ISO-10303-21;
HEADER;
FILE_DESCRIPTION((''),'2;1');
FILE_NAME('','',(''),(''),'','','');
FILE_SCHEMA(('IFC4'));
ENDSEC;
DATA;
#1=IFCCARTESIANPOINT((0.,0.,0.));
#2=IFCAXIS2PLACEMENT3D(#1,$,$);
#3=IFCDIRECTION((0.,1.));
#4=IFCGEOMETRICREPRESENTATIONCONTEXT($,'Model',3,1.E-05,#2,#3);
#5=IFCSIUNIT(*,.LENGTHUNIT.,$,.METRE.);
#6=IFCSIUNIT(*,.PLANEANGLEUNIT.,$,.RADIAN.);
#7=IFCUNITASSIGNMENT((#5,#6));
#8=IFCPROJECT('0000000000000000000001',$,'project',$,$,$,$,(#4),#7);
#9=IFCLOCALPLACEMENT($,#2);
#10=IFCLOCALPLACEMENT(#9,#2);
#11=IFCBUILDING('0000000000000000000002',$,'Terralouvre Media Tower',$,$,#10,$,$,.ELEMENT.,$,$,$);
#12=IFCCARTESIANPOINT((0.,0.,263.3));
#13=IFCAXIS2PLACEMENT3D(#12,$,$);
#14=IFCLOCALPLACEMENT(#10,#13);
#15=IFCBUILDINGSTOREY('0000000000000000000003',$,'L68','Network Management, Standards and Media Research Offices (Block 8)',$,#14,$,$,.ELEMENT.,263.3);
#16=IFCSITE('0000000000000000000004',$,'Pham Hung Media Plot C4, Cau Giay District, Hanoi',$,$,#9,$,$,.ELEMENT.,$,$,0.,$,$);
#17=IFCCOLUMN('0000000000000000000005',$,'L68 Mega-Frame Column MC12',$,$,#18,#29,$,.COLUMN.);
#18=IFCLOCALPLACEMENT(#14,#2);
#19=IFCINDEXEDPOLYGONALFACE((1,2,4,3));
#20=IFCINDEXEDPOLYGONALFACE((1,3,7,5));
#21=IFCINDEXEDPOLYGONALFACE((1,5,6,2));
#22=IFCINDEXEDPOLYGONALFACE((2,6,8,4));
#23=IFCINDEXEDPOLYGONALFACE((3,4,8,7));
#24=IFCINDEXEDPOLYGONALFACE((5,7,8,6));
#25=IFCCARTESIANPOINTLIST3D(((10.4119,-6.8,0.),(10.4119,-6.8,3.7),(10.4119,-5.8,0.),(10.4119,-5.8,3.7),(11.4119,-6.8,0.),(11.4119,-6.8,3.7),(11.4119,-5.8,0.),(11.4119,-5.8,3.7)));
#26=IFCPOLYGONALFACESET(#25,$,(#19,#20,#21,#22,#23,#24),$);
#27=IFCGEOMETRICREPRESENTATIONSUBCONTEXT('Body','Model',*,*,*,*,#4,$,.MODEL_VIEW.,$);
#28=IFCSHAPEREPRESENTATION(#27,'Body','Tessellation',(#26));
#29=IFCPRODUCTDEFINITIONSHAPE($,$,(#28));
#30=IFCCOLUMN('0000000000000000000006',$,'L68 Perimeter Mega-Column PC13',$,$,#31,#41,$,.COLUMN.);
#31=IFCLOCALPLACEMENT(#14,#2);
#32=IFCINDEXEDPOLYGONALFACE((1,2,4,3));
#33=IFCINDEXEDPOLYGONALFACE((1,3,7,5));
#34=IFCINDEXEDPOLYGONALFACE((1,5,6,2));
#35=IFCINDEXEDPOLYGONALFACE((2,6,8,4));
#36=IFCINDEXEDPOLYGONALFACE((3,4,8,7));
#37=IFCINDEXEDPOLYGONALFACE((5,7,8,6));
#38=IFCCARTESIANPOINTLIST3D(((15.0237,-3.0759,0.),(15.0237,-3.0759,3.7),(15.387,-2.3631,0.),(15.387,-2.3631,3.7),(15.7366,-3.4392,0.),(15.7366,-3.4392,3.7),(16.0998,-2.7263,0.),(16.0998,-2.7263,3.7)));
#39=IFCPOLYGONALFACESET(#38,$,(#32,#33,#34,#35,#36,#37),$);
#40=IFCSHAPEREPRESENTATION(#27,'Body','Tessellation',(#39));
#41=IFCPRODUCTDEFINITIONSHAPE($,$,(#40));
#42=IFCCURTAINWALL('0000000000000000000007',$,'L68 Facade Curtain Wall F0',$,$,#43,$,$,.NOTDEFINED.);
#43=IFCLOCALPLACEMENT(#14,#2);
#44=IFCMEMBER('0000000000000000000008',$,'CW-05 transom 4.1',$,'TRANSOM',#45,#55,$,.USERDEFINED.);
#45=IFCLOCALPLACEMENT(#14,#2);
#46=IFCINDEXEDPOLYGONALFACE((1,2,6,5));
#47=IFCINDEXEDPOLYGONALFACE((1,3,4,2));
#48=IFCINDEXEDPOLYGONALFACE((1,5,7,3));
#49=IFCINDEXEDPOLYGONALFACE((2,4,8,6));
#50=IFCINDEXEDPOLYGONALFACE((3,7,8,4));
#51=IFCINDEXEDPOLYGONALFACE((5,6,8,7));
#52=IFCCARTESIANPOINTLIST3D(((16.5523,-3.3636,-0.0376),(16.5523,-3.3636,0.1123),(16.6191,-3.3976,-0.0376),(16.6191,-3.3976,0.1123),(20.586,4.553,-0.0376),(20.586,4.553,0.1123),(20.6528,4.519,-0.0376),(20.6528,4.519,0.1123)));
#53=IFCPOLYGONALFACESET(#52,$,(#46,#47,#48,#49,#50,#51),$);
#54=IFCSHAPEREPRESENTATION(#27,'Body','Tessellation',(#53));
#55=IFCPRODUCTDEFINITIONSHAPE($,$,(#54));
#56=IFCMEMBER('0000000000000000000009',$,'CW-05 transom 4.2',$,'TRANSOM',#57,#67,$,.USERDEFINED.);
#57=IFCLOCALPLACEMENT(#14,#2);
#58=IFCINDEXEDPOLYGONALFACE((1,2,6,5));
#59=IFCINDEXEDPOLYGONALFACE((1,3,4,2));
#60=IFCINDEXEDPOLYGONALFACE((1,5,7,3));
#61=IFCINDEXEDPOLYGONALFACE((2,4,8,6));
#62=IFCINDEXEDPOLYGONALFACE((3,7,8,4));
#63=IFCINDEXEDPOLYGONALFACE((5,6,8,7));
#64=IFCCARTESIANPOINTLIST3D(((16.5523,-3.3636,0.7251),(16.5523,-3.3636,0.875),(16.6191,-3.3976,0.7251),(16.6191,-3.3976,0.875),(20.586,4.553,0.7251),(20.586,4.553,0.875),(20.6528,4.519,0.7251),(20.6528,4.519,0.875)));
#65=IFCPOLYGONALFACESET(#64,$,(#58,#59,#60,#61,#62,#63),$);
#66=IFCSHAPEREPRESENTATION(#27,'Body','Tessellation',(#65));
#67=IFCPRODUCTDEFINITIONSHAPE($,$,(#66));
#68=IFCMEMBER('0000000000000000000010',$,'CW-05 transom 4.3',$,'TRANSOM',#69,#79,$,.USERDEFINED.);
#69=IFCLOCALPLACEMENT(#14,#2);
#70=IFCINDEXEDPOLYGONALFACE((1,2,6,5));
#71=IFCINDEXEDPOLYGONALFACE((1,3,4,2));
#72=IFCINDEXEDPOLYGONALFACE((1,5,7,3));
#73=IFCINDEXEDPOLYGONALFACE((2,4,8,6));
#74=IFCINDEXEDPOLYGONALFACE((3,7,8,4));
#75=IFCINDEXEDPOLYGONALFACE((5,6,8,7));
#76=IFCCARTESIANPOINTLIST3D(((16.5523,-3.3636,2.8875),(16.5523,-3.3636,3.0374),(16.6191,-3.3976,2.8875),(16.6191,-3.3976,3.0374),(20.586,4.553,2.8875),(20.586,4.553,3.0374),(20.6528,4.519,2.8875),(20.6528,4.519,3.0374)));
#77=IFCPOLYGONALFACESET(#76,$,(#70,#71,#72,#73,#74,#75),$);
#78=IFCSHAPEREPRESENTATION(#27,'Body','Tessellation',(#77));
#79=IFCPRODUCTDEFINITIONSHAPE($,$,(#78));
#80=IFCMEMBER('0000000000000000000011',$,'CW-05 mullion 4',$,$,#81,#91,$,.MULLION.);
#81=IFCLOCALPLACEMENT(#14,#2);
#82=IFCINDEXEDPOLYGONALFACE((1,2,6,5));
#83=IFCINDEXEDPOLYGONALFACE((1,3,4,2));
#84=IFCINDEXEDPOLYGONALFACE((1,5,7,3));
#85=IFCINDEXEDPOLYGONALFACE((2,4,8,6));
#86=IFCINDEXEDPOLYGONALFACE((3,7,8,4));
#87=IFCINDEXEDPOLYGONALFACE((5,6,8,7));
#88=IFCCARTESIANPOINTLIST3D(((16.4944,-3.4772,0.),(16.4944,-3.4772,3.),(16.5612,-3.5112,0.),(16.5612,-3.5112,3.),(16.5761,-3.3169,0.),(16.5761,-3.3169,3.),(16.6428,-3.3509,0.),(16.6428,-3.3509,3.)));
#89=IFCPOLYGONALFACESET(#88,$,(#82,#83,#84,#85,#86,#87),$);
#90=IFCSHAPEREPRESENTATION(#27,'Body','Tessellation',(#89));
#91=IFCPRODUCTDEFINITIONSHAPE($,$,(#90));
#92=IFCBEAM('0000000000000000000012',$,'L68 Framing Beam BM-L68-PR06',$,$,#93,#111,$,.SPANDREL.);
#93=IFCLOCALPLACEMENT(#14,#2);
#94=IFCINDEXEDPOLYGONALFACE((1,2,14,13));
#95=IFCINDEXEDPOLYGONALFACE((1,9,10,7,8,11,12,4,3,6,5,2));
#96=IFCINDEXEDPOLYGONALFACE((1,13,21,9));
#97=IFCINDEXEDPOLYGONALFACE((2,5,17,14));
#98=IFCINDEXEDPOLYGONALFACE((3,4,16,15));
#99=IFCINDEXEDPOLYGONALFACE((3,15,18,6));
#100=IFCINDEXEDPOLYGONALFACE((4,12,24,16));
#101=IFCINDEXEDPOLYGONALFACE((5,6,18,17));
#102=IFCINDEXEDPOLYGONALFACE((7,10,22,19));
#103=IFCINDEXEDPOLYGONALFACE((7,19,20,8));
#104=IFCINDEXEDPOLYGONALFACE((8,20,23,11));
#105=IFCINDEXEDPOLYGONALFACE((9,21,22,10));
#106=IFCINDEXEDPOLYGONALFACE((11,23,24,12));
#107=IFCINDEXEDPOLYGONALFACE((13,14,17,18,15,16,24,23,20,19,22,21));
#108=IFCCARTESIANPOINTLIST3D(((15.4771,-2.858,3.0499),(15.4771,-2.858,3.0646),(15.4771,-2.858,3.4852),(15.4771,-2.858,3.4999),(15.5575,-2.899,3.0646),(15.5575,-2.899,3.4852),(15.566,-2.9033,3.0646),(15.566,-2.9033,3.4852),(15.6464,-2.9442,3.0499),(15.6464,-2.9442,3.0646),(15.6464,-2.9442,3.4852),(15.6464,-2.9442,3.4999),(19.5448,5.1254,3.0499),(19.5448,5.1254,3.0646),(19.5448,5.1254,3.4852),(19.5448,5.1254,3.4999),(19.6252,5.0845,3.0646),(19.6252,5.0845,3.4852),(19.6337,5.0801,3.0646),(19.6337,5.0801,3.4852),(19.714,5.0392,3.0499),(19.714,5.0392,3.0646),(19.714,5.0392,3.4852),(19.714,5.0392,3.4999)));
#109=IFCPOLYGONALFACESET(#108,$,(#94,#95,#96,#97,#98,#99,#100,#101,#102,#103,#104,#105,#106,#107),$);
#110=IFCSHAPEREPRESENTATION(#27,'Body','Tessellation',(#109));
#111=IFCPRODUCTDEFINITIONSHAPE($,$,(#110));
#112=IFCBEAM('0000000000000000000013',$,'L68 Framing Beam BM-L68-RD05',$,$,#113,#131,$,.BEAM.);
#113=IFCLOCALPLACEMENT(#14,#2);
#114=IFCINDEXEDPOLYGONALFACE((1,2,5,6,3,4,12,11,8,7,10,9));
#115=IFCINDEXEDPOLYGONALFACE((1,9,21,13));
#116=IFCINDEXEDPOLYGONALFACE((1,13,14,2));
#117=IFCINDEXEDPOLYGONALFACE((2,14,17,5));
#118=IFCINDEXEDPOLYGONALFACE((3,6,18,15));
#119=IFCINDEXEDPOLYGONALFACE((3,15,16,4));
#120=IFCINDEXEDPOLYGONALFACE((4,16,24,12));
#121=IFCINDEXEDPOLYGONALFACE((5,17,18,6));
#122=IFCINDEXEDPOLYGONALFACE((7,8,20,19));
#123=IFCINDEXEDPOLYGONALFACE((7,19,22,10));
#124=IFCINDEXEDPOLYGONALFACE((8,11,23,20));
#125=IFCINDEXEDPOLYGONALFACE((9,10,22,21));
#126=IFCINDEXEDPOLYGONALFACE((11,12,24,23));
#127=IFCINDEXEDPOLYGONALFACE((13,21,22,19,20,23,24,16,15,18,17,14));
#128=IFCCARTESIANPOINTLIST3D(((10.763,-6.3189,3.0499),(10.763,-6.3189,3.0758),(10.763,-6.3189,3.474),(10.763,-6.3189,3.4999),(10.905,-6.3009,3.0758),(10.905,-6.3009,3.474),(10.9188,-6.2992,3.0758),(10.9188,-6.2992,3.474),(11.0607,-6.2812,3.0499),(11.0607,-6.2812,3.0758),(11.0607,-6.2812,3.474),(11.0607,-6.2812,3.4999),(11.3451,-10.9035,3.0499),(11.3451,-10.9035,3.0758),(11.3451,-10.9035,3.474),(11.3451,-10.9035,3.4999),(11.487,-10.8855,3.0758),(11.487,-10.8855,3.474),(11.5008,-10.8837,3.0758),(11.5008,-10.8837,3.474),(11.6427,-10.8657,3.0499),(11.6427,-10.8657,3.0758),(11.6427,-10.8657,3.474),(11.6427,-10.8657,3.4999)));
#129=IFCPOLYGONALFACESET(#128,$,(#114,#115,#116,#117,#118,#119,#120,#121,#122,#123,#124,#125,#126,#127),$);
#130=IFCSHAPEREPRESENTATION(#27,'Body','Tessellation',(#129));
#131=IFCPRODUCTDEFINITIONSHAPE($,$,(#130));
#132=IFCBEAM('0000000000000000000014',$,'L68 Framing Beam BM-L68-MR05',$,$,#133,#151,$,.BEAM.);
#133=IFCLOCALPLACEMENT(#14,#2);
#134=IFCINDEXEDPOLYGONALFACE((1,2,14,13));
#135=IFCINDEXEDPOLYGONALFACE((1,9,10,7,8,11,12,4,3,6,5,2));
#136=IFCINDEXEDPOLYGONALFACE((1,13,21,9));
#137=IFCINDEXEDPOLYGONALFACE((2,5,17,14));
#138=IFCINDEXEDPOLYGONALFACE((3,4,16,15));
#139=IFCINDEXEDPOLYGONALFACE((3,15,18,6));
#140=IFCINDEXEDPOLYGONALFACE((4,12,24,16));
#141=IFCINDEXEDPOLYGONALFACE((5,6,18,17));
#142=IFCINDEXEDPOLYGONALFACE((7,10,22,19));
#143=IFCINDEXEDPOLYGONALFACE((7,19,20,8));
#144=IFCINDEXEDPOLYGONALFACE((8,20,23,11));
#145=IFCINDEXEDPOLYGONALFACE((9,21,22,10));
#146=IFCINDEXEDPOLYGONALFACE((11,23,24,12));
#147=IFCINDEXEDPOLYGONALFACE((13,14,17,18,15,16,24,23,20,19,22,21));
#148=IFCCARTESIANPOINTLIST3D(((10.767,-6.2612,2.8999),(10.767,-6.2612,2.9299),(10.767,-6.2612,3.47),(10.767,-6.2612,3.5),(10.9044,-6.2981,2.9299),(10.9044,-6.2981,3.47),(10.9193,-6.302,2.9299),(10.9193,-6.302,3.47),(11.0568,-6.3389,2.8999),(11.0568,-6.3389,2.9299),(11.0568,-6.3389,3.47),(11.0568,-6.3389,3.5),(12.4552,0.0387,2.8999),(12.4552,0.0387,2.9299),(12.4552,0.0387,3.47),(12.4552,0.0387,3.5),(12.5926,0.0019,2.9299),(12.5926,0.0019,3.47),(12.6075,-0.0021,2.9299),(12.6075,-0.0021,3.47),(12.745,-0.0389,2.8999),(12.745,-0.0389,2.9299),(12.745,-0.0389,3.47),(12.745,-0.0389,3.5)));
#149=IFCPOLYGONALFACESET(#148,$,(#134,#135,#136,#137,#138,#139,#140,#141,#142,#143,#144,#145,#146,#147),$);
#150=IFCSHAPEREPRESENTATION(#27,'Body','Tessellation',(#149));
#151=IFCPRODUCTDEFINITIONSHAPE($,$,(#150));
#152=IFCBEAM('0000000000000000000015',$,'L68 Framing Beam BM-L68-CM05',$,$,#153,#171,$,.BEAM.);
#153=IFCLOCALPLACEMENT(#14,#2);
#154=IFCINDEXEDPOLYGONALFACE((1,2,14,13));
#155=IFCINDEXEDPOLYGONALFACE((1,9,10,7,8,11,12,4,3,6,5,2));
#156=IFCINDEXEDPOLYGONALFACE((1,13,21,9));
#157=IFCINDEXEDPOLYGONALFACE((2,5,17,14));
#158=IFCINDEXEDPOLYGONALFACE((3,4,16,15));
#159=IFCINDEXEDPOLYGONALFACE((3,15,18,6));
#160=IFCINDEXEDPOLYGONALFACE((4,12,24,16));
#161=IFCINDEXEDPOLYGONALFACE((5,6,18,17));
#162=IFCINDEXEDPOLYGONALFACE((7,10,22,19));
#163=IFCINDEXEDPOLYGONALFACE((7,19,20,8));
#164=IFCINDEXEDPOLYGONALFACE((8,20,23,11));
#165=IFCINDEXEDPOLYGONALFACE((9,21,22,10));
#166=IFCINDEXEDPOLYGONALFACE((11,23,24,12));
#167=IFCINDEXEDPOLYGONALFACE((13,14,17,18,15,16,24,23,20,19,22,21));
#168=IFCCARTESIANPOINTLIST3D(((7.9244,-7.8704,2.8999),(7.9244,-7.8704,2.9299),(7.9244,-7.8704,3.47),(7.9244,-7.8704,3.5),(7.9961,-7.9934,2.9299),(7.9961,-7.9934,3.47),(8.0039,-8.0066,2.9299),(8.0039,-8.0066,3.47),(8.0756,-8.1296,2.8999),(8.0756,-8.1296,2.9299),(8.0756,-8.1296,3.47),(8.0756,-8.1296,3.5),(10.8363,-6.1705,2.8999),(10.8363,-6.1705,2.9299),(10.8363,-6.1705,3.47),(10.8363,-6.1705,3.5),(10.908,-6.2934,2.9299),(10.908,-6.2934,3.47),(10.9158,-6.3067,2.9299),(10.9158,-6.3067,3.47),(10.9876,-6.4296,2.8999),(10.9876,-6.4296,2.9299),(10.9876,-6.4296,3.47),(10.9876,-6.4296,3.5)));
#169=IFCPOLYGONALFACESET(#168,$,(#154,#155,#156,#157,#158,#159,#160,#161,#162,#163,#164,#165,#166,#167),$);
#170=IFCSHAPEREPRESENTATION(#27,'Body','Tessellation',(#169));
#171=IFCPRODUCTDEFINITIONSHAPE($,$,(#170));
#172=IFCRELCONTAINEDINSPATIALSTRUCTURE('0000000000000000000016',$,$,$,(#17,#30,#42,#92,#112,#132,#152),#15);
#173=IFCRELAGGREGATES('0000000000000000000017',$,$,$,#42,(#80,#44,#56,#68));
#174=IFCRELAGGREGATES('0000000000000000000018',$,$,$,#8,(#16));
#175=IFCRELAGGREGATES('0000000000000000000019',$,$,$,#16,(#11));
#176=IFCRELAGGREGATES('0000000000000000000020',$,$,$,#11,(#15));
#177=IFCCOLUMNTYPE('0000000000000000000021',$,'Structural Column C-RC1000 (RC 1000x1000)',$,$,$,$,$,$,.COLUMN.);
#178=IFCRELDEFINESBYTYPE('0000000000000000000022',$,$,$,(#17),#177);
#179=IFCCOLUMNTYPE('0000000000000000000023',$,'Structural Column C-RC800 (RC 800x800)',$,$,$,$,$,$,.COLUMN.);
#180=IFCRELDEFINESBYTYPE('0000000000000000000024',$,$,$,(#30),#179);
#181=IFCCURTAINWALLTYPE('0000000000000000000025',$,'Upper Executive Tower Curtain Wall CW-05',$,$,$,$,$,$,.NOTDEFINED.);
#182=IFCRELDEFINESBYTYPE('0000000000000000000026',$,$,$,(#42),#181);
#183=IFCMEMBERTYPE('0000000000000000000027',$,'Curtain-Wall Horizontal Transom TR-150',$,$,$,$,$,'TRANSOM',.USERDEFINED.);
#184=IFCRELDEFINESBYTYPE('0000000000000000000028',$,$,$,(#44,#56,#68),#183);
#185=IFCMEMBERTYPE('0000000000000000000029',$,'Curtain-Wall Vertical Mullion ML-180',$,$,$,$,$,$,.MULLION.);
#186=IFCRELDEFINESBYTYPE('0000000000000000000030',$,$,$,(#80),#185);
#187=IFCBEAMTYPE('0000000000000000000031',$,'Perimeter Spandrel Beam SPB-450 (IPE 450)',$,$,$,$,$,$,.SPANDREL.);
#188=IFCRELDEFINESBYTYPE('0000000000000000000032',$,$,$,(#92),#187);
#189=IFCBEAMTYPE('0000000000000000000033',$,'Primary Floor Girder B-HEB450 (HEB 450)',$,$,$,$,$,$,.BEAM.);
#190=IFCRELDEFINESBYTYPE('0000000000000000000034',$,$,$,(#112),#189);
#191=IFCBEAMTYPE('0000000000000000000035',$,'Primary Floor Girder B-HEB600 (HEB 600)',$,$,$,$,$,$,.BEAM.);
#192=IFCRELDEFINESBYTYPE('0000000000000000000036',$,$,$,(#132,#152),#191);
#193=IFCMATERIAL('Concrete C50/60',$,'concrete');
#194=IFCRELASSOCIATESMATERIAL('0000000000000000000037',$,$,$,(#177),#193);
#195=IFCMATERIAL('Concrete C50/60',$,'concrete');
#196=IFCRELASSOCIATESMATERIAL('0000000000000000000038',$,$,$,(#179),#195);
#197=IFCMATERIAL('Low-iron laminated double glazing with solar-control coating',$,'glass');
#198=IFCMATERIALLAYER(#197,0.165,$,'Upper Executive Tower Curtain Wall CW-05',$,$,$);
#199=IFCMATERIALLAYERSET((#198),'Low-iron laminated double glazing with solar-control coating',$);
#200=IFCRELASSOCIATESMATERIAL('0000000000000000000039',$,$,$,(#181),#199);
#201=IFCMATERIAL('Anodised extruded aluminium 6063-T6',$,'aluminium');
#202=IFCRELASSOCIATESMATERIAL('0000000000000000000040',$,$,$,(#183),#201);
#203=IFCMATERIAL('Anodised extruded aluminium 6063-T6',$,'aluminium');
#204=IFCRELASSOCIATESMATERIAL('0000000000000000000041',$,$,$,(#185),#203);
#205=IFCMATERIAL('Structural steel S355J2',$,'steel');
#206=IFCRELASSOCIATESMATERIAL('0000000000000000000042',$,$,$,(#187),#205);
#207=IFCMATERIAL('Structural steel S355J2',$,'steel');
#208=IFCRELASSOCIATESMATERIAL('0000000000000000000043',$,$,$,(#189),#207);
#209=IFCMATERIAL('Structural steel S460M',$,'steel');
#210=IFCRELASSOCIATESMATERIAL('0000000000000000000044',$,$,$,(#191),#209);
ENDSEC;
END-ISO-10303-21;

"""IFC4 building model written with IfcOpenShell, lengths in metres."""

from ifc_helpers import new_model, si_unit, direction, frame, origin, origin_2d, place, context, subcontext, project, spatial, rectangle, i_section, extrude, material, layer, layer_set, material_profile, profile_set, type_object, element, aggregate, save


model = new_model("IFC4")

# Units and contexts
model_context = context("Model", 3, precision=1e-05, world=origin(), true_north=direction((0.0, 1.0)))
body_context = subcontext(model_context, "Body", "Model", "MODEL_VIEW")
ifc_project = project(units=[si_unit("LENGTHUNIT", "METRE"), si_unit("PLANEANGLEUNIT", "RADIAN")], contexts=[model_context])

# Site, building, storey
site_placement = place(None, origin())
site = spatial("IfcSite", under=ifc_project, at=site_placement, Name="Pham Hung Media Plot C4, Cau Giay District, Hanoi", CompositionType="ELEMENT", RefElevation=0.0)
building_placement = place(site_placement, origin())
building = spatial("IfcBuilding", under=site, at=building_placement, Name="Terralouvre Media Tower", CompositionType="ELEMENT")
storey_placement = place(building_placement, frame((0.0, 0.0, 263.3)))
storey = spatial("IfcBuildingStorey", under=building, at=storey_placement, Name="L68", Description="Network Management, Standards and Media Research Offices (Block 8)", CompositionType="ELEMENT", Elevation=263.3)

# Columns
ifc_material_1 = material(Name="Concrete C50/60", Category="concrete")
ifc_material_profile_1 = material_profile(ifc_material_1, rectangle(XDim=1.0, YDim=1.0, at=origin_2d()), Name="RC 1000x1000")
ifc_profile_set_1 = profile_set([ifc_material_profile_1], Name="Concrete C50/60")
column_type_1 = type_object("IfcColumnType", Name="Structural Column C-RC1000 (RC 1000x1000)", PredefinedType="COLUMN", material=ifc_profile_set_1)
column_1_placement = place(storey_placement, frame((10.9119, -6.3, 0.0), z_axis=(0.0, 0.0, 1.0), x_axis=(1.0, 0.0, 0.0)))
element("IfcColumn", 1, at=column_1_placement, inside=storey, type_object=column_type_1, Name="L68 Mega-Frame Column MC12", PredefinedType="COLUMN", context=body_context, shape_type="SweptSolid", body=[
    extrude(rectangle(XDim=1.0, YDim=1.0, at=origin_2d()), origin(), (0.0, 0.0, 1.0), 3.7),
])
ifc_material_2 = material(Name="Concrete C50/60", Category="concrete")
ifc_material_profile_2 = material_profile(ifc_material_2, rectangle(XDim=0.8, YDim=0.8, at=origin_2d()), Name="RC 800x800")
ifc_profile_set_2 = profile_set([ifc_material_profile_2], Name="Concrete C50/60")
column_type_2 = type_object("IfcColumnType", Name="Structural Column C-RC800 (RC 800x800)", PredefinedType="COLUMN", material=ifc_profile_set_2)
column_2_placement = place(storey_placement, frame((15.5618, -2.9011, 0.0), z_axis=(0.0, 0.0, 1.0), x_axis=(0.45399, 0.891007, 0.0)))
element("IfcColumn", 2, at=column_2_placement, inside=storey, type_object=column_type_2, Name="L68 Perimeter Mega-Column PC13", PredefinedType="COLUMN", context=body_context, shape_type="SweptSolid", body=[
    extrude(rectangle(XDim=0.8, YDim=0.8, at=origin_2d()), origin(), (0.0, 0.0, 1.0), 3.7),
])

# Curtain wall, members
ifc_material_3 = material(Name="Low-iron laminated double glazing with solar-control coating", Category="glass")
ifc_layer_1 = layer(ifc_material_3, 0.165, Name="Upper Executive Tower Curtain Wall CW-05")
ifc_layer_set_1 = layer_set([ifc_layer_1], Name="Low-iron laminated double glazing with solar-control coating")
curtain_wall_type = type_object("IfcCurtainWallType", Name="Upper Executive Tower Curtain Wall CW-05", PredefinedType="NOTDEFINED", material=ifc_layer_set_1)
curtain_wall_placement = place(storey_placement, origin())
curtain_wall = element("IfcCurtainWall", 3, at=curtain_wall_placement, inside=storey, type_object=curtain_wall_type, Name="L68 Facade Curtain Wall F0", PredefinedType="NOTDEFINED")
ifc_material_4 = material(Name="Anodised extruded aluminium 6063-T6", Category="aluminium")
ifc_material_profile_3 = material_profile(ifc_material_4, rectangle(XDim=0.075, YDim=0.1499, at=origin_2d()), Name="ALU 75x150")
ifc_profile_set_3 = profile_set([ifc_material_profile_3], Name="Anodised extruded aluminium 6063-T6")
member_type_1 = type_object("IfcMemberType", Name="Curtain-Wall Horizontal Transom TR-150", ElementType="TRANSOM", PredefinedType="USERDEFINED", material=ifc_profile_set_3)
member_1_placement = place(storey_placement, frame((16.5857, -3.3806, 0.0374), z_axis=(0.453993, 0.891005, 0.0), x_axis=(-0.891005, 0.453993, 0.0)))
member_1 = element("IfcMember", 4, at=member_1_placement, type_object=member_type_1, Name="CW-05 transom 4.1", ObjectType="TRANSOM", PredefinedType="USERDEFINED", context=body_context, shape_type="SweptSolid", body=[
    extrude(rectangle(XDim=0.075, YDim=0.1499, at=origin_2d()), origin(), (0.0, 0.0, 1.0), 8.885),
])
member_2_placement = place(storey_placement, frame((16.5857, -3.3806, 0.8), z_axis=(0.453993, 0.891005, 0.0), x_axis=(-0.891005, 0.453993, 0.0)))
member_2 = element("IfcMember", 5, at=member_2_placement, type_object=member_type_1, Name="CW-05 transom 4.2", ObjectType="TRANSOM", PredefinedType="USERDEFINED", context=body_context, shape_type="SweptSolid", body=[
    extrude(rectangle(XDim=0.075, YDim=0.1499, at=origin_2d()), origin(), (0.0, 0.0, 1.0), 8.885),
])
member_3_placement = place(storey_placement, frame((16.5857, -3.3806, 2.9624), z_axis=(0.453993, 0.891005, 0.0), x_axis=(-0.891005, 0.453993, 0.0)))
member_3 = element("IfcMember", 6, at=member_3_placement, type_object=member_type_1, Name="CW-05 transom 4.3", ObjectType="TRANSOM", PredefinedType="USERDEFINED", context=body_context, shape_type="SweptSolid", body=[
    extrude(rectangle(XDim=0.075, YDim=0.1499, at=origin_2d()), origin(), (0.0, 0.0, 1.0), 8.885),
])
ifc_material_5 = material(Name="Anodised extruded aluminium 6063-T6", Category="aluminium")
ifc_material_profile_4 = material_profile(ifc_material_5, rectangle(XDim=0.075, YDim=0.1799, at=origin_2d()), Name="ALU 75x180")
ifc_profile_set_4 = profile_set([ifc_material_profile_4], Name="Anodised extruded aluminium 6063-T6")
member_type_2 = type_object("IfcMemberType", Name="Curtain-Wall Vertical Mullion ML-180", PredefinedType="MULLION", material=ifc_profile_set_4)
member_4_placement = place(storey_placement, frame((16.5686, -3.4141, 0.0), z_axis=(0.0, 0.0, 1.0), x_axis=(-0.891007, 0.45399, 0.0)))
member_4 = element("IfcMember", 7, at=member_4_placement, type_object=member_type_2, Name="CW-05 mullion 4", PredefinedType="MULLION", context=body_context, shape_type="SweptSolid", body=[
    extrude(rectangle(XDim=0.075, YDim=0.1799, at=origin_2d()), origin(), (0.0, 0.0, 1.0), 3.0),
])

# Beams
ifc_material_6 = material(Name="Structural steel S355J2", Category="steel")
ifc_material_profile_5 = material_profile(ifc_material_6, i_section(OverallWidth=0.1899, OverallDepth=0.45, WebThickness=0.0095, FlangeThickness=0.0146, at=origin_2d()), Name="IPE 450")
ifc_profile_set_5 = profile_set([ifc_material_profile_5], Name="Structural steel S355J2")
beam_type_1 = type_object("IfcBeamType", Name="Perimeter Spandrel Beam SPB-450 (IPE 450)", PredefinedType="SPANDREL", material=ifc_profile_set_5)
beam_1_placement = place(storey_placement, frame((15.5618, -2.9011, 3.2749), z_axis=(0.45398, 0.891012, 0.0), x_axis=(-0.891012, 0.45398, 0.0)))
element("IfcBeam", 8, at=beam_1_placement, inside=storey, type_object=beam_type_1, Name="L68 Framing Beam BM-L68-PR06", PredefinedType="SPANDREL", context=body_context, shape_type="SweptSolid", body=[
    extrude(i_section(OverallWidth=0.1899, OverallDepth=0.45, WebThickness=0.0095, FlangeThickness=0.0146, at=origin_2d()), origin(), (0.0, 0.0, 1.0), 8.96),
])
ifc_material_7 = material(Name="Structural steel S355J2", Category="steel")
ifc_material_profile_6 = material_profile(ifc_material_7, i_section(OverallWidth=0.3, OverallDepth=0.45, WebThickness=0.0139, FlangeThickness=0.0259, at=origin_2d()), Name="HEB 450")
ifc_profile_set_6 = profile_set([ifc_material_profile_6], Name="Structural steel S355J2")
beam_type_2 = type_object("IfcBeamType", Name="Primary Floor Girder B-HEB450 (HEB 450)", PredefinedType="BEAM", material=ifc_profile_set_6)
beam_2_placement = place(storey_placement, frame((10.9119, -6.3, 3.2749), z_axis=(0.125946, -0.992037, 0.0), x_axis=(0.992037, 0.125946, 0.0)))
element("IfcBeam", 9, at=beam_2_placement, inside=storey, type_object=beam_type_2, Name="L68 Framing Beam BM-L68-RD05", PredefinedType="BEAM", context=body_context, shape_type="SweptSolid", body=[
    extrude(i_section(OverallWidth=0.3, OverallDepth=0.45, WebThickness=0.0139, FlangeThickness=0.0259, at=origin_2d()), origin(), (0.0, 0.0, 1.0), 4.6213),
])
ifc_material_8 = material(Name="Structural steel S460M", Category="steel")
ifc_material_profile_7 = material_profile(ifc_material_8, i_section(OverallWidth=0.3, OverallDepth=0.6001, WebThickness=0.0154, FlangeThickness=0.03, at=origin_2d()), Name="HEB 600")
ifc_profile_set_7 = profile_set([ifc_material_profile_7], Name="Structural steel S460M")
beam_type_3 = type_object("IfcBeamType", Name="Primary Floor Girder B-HEB600 (HEB 600)", PredefinedType="BEAM", material=ifc_profile_set_7)
beam_3_placement = place(storey_placement, frame((10.9119, -6.3, 3.2), z_axis=(0.258839, 0.96592, 0.0), x_axis=(-0.96592, 0.258839, 0.0)))
element("IfcBeam", 10, at=beam_3_placement, inside=storey, type_object=beam_type_3, Name="L68 Framing Beam BM-L68-MR05", PredefinedType="BEAM", context=body_context, shape_type="SweptSolid", body=[
    extrude(i_section(OverallWidth=0.3, OverallDepth=0.6001, WebThickness=0.0154, FlangeThickness=0.03, at=origin_2d()), origin(), (0.0, 0.0, 1.0), 6.5222),
])
beam_4_placement = place(storey_placement, frame((8.0, -8.0, 3.2), z_axis=(0.863603, 0.504173, 0.0), x_axis=(-0.504173, 0.863603, 0.0)))
element("IfcBeam", 11, at=beam_4_placement, inside=storey, type_object=beam_type_3, Name="L68 Framing Beam BM-L68-CM05", PredefinedType="BEAM", context=body_context, shape_type="SweptSolid", body=[
    extrude(i_section(OverallWidth=0.3, OverallDepth=0.6001, WebThickness=0.0154, FlangeThickness=0.03, at=origin_2d()), origin(), (0.0, 0.0, 1.0), 3.3718),
])

aggregate(curtain_wall, [member_4, member_1, member_2, member_3])

save(model, "model.ifc")
